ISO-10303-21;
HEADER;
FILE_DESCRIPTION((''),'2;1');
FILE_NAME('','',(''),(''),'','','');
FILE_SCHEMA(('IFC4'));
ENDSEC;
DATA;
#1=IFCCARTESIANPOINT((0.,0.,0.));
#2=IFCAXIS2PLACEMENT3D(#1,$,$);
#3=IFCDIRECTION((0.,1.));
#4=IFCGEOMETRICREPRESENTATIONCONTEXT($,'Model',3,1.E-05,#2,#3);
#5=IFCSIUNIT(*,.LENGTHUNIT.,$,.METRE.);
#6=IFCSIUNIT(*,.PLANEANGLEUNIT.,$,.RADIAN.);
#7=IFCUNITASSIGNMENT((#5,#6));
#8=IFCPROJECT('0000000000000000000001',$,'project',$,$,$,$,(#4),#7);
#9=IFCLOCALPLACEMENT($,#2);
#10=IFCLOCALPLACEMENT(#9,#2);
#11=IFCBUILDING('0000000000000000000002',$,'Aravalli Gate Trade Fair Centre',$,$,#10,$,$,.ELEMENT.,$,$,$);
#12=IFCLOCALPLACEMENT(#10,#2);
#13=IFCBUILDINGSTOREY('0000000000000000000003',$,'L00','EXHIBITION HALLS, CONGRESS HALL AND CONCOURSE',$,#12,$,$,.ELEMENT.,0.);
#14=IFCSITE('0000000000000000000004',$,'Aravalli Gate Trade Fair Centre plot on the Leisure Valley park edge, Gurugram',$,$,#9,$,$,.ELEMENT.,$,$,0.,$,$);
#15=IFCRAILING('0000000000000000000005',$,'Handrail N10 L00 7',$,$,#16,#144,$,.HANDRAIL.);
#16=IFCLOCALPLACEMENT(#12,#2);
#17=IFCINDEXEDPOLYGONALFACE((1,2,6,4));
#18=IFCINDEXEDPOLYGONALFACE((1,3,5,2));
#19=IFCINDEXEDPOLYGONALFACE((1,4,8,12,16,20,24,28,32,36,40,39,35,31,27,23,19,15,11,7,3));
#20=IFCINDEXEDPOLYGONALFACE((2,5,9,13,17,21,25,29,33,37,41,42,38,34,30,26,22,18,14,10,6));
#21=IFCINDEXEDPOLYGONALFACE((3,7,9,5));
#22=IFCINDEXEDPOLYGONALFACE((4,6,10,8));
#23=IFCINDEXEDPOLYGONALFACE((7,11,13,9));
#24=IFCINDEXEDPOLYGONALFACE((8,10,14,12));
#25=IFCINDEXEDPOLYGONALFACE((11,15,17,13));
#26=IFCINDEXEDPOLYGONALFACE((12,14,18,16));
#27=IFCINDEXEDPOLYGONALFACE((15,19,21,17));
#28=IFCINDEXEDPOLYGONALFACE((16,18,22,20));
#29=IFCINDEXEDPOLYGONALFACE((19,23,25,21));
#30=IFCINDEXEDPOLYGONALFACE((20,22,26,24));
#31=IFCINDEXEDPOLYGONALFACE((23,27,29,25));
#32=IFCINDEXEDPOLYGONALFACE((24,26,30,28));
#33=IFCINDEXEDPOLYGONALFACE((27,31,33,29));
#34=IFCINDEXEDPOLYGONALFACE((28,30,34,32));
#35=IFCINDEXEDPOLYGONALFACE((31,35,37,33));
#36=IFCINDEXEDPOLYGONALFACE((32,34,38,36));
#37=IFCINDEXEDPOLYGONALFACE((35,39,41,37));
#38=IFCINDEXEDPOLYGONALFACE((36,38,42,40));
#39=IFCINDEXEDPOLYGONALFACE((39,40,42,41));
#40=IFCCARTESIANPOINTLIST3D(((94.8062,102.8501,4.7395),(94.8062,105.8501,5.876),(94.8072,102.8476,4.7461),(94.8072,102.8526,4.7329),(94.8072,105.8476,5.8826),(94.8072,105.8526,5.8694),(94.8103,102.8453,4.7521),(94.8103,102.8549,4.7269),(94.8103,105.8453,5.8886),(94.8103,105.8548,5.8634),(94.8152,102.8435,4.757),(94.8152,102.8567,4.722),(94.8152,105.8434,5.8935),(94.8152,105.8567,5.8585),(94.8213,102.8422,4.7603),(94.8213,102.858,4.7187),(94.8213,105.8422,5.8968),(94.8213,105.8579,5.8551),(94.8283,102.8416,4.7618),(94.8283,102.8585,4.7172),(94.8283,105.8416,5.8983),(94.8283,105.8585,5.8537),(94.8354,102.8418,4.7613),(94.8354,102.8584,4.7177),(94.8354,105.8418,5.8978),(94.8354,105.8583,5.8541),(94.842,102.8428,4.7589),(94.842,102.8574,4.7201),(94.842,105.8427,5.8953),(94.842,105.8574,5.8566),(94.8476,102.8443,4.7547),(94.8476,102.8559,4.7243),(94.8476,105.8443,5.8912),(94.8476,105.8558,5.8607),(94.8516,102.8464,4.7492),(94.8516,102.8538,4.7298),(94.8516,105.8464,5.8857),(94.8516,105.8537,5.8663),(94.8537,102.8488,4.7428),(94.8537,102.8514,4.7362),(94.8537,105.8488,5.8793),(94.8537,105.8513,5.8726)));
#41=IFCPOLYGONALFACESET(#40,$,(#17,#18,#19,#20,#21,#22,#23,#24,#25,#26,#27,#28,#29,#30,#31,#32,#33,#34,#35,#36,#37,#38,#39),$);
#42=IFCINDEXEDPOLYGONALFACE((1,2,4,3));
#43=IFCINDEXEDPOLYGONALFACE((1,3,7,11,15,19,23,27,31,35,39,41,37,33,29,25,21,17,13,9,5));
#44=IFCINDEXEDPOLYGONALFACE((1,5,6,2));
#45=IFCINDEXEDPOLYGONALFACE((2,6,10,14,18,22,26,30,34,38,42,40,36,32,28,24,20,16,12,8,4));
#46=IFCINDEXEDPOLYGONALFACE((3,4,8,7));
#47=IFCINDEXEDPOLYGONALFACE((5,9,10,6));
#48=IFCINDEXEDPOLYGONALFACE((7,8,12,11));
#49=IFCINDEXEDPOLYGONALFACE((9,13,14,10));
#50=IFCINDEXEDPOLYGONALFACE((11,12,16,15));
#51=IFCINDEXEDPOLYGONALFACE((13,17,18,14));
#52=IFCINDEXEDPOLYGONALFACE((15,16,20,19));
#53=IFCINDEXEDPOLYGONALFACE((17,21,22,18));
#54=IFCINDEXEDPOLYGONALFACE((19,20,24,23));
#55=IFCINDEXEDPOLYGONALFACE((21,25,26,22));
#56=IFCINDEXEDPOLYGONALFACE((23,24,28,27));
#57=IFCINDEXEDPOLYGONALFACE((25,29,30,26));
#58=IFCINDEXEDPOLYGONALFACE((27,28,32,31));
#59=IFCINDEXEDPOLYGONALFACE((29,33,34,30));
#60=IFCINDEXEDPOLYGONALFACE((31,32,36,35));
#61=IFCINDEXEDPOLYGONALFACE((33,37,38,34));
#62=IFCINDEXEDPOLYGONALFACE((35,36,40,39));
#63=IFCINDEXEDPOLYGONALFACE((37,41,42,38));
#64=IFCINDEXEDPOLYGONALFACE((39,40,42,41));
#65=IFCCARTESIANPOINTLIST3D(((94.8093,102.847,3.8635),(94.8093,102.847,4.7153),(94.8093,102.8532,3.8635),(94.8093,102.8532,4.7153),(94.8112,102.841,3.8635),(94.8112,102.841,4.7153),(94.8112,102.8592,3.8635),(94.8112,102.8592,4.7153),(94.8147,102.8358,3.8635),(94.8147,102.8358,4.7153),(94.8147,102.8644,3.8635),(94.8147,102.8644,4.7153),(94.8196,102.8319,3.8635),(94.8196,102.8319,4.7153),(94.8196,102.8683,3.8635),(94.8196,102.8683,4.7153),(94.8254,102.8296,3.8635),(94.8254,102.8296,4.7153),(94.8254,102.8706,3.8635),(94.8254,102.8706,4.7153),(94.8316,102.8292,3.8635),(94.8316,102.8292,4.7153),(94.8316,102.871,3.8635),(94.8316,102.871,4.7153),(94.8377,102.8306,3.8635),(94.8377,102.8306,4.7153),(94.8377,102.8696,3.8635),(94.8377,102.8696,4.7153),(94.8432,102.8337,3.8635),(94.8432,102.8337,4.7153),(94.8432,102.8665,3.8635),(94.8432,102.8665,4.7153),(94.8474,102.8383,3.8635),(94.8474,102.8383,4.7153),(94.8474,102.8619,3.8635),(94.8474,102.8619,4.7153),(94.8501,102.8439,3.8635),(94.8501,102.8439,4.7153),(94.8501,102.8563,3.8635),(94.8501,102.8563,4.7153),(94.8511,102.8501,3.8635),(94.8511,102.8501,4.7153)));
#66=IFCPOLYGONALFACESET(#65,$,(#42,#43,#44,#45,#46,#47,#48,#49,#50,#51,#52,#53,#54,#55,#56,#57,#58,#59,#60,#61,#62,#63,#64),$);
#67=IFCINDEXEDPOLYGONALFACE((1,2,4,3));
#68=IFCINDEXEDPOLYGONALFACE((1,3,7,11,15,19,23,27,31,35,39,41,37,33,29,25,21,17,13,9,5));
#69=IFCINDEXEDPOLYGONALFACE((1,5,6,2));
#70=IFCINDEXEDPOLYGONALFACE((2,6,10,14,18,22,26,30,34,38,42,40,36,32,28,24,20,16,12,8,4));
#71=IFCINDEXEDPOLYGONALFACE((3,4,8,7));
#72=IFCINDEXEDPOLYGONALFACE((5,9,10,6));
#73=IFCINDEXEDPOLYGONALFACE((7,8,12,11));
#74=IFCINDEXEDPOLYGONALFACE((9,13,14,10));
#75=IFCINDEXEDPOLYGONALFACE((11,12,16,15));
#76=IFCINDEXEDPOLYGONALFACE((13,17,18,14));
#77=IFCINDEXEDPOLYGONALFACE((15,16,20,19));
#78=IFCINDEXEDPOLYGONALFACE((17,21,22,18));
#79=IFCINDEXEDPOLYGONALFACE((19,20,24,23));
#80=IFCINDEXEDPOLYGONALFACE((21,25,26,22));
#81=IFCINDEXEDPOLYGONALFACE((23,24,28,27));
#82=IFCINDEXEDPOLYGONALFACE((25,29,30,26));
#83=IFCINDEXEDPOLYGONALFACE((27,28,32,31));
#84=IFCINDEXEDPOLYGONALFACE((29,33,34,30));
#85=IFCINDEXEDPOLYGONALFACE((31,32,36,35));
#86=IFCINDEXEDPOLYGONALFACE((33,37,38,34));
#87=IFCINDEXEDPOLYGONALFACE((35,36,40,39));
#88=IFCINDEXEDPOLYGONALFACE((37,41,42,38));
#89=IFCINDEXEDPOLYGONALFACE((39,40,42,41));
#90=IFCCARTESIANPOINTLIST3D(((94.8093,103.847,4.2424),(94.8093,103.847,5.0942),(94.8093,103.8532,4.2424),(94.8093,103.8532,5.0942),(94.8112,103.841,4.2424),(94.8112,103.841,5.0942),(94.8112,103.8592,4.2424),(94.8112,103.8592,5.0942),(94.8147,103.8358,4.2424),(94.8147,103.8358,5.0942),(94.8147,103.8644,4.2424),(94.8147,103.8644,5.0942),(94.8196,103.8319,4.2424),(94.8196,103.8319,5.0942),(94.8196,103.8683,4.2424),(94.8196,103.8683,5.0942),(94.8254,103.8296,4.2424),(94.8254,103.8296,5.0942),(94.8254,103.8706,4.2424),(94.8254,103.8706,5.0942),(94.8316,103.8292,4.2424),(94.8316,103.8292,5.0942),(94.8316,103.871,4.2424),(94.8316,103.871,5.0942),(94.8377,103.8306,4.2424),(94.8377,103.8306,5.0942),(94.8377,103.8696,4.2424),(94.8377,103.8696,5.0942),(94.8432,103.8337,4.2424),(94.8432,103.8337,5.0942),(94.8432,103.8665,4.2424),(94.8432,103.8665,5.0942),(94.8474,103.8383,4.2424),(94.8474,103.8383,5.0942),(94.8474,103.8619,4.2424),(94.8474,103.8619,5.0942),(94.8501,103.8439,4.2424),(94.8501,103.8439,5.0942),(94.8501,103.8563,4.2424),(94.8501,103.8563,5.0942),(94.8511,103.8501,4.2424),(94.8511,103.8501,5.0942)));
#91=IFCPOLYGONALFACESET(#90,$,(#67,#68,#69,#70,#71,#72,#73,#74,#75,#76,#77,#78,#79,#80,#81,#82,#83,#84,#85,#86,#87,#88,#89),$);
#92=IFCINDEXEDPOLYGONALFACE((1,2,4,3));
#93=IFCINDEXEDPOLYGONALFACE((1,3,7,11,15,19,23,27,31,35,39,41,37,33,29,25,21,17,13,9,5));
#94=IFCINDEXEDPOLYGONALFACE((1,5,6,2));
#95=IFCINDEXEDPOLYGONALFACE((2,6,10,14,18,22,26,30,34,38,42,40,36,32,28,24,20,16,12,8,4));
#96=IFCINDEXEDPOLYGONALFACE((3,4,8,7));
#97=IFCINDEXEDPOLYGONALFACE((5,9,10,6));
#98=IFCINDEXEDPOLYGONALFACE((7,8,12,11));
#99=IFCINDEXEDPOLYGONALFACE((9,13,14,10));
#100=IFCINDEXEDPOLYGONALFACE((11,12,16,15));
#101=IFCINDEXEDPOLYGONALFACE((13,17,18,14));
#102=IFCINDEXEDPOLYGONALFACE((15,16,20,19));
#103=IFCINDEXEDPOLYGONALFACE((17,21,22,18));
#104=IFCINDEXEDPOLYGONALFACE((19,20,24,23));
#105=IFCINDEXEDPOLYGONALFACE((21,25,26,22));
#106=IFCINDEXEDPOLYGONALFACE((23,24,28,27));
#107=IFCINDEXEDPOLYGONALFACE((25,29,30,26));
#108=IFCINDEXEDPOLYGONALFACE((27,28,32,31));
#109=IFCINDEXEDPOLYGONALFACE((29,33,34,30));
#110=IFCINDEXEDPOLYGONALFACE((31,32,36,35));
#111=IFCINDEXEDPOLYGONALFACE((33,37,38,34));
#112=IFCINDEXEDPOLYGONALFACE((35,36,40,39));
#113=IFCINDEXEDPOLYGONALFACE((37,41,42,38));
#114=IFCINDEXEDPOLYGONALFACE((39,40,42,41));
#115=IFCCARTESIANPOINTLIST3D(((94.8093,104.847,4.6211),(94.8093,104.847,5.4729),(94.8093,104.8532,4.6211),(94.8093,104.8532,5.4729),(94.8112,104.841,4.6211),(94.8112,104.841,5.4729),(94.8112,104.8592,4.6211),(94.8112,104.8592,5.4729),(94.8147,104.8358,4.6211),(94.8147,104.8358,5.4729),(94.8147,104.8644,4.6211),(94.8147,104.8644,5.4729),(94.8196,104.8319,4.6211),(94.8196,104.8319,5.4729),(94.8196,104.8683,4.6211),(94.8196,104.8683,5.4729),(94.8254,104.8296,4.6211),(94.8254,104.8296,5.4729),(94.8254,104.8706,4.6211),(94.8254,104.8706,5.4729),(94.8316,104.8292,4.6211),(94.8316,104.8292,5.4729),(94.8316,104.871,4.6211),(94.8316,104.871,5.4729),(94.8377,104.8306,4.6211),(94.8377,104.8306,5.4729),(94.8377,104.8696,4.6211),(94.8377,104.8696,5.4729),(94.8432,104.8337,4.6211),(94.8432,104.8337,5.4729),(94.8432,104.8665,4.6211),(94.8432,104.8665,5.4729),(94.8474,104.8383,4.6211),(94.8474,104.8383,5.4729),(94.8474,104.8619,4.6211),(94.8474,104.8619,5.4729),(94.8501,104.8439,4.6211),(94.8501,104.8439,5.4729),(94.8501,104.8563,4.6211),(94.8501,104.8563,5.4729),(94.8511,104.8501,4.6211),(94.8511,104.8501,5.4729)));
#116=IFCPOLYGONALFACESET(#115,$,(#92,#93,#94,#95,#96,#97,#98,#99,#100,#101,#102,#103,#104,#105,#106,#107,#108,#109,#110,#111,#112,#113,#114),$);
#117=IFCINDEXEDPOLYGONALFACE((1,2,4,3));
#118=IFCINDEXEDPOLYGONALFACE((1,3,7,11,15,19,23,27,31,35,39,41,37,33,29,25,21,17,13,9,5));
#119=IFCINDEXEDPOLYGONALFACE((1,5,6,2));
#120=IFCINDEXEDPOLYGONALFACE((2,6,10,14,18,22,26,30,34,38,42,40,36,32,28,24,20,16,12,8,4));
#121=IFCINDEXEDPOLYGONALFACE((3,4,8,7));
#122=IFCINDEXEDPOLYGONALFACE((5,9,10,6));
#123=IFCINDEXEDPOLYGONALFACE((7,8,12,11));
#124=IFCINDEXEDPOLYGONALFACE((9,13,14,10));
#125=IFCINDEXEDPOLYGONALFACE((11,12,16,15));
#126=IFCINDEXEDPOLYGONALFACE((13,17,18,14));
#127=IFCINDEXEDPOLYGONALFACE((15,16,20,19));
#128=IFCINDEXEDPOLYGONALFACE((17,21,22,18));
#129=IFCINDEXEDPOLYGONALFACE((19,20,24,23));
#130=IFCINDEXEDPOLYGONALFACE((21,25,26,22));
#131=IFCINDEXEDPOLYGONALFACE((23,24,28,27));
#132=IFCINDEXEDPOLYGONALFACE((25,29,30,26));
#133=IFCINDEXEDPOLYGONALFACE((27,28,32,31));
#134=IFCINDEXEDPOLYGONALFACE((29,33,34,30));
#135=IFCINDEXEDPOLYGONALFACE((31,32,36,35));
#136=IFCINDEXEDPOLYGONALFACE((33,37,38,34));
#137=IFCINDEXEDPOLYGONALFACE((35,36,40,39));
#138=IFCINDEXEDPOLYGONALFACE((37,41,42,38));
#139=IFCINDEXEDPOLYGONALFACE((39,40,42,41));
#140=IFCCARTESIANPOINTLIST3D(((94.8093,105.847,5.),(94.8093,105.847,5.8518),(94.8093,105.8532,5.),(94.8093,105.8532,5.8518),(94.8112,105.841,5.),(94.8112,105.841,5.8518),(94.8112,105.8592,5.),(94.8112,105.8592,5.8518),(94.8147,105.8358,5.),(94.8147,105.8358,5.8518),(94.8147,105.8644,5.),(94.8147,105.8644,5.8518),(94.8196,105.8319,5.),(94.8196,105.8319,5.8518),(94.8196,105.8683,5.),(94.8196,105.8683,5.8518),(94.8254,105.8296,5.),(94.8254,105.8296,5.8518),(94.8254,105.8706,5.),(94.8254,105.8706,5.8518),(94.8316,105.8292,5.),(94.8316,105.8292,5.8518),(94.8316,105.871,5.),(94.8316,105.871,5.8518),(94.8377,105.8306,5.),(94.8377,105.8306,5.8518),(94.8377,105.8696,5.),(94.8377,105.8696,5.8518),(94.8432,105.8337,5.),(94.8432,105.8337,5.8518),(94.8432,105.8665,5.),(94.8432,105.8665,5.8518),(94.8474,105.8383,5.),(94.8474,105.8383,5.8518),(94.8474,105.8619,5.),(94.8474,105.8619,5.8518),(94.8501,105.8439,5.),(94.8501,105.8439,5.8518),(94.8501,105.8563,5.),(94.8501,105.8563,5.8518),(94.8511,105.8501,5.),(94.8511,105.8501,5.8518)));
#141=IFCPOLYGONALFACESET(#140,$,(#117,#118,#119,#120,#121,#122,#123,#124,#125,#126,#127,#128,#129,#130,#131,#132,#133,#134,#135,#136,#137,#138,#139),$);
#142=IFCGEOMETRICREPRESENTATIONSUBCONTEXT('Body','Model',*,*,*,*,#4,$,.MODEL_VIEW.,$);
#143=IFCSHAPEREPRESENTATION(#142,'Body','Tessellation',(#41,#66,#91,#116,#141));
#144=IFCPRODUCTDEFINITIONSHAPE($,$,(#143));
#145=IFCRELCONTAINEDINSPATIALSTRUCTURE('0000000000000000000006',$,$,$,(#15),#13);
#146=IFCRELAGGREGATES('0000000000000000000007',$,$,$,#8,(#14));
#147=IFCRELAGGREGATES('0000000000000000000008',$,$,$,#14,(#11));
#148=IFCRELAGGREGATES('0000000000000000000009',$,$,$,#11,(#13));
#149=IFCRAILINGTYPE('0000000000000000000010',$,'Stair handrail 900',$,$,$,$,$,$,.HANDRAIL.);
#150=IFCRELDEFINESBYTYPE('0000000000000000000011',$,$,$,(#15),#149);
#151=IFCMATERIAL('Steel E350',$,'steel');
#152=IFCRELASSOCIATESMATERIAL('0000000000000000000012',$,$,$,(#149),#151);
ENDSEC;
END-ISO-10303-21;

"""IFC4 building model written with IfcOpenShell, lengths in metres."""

from ifc_helpers import new_model, si_unit, direction, frame, origin, origin_2d, place, context, subcontext, project, spatial, circle, extrude, material, type_object, element, save


model = new_model("IFC4")

# Units and contexts
model_context = context("Model", 3, precision=1e-05, world=origin(), true_north=direction((0.0, 1.0)))
body_context = subcontext(model_context, "Body", "Model", "MODEL_VIEW")
ifc_project = project(units=[si_unit("LENGTHUNIT", "METRE"), si_unit("PLANEANGLEUNIT", "RADIAN")], contexts=[model_context])

# Site, building, storey
site_placement = place(None, origin())
site = spatial("IfcSite", under=ifc_project, at=site_placement, Name="Aravalli Gate Trade Fair Centre plot on the Leisure Valley park edge, Gurugram", CompositionType="ELEMENT", RefElevation=0.0)
building_placement = place(site_placement, origin())
building = spatial("IfcBuilding", under=site, at=building_placement, Name="Aravalli Gate Trade Fair Centre", CompositionType="ELEMENT")
storey_placement = place(building_placement, origin())
storey = spatial("IfcBuildingStorey", under=building, at=storey_placement, Name="L00", Description="EXHIBITION HALLS, CONGRESS HALL AND CONCOURSE", CompositionType="ELEMENT", Elevation=0.0)

# Railing
ifc_material_1 = material(Name="Steel E350", Category="steel")
railing_type = type_object("IfcRailingType", Name="Stair handrail 900", PredefinedType="HANDRAIL", material=ifc_material_1)
for number, where, name in (
    (1, (94.8301, 102.8501, 3.8635), "Handrail N10 L00 7"),
):
    element("IfcRailing", number, at=place(storey_placement, frame(where)), inside=storey, type_object=railing_type, Name=name, PredefinedType="HANDRAIL", context=body_context, shape_type="SweptSolid", body=[
        extrude(circle(Radius=0.0239, at=origin_2d()), frame((0.0, 0.0, 0.876), z_axis=(0.0, 0.935148, 0.354257), x_axis=(-1.0, 0.0, 0.0)), (0.0, 0.0, 1.0), 3.208),
        extrude(circle(Radius=0.021, at=origin_2d()), origin(), (0.0, 0.0, 1.0), 0.8518),
        extrude(circle(Radius=0.021, at=origin_2d()), frame((0.0, 1.0, 0.3789)), (0.0, 0.0, 1.0), 0.8518),
        extrude(circle(Radius=0.021, at=origin_2d()), frame((0.0, 2.0, 0.7576)), (0.0, 0.0, 1.0), 0.8518),
        extrude(circle(Radius=0.021, at=origin_2d()), frame((0.0, 3.0, 1.1365)), (0.0, 0.0, 1.0), 0.8518),
    ])

save(model, "model.ifc")
